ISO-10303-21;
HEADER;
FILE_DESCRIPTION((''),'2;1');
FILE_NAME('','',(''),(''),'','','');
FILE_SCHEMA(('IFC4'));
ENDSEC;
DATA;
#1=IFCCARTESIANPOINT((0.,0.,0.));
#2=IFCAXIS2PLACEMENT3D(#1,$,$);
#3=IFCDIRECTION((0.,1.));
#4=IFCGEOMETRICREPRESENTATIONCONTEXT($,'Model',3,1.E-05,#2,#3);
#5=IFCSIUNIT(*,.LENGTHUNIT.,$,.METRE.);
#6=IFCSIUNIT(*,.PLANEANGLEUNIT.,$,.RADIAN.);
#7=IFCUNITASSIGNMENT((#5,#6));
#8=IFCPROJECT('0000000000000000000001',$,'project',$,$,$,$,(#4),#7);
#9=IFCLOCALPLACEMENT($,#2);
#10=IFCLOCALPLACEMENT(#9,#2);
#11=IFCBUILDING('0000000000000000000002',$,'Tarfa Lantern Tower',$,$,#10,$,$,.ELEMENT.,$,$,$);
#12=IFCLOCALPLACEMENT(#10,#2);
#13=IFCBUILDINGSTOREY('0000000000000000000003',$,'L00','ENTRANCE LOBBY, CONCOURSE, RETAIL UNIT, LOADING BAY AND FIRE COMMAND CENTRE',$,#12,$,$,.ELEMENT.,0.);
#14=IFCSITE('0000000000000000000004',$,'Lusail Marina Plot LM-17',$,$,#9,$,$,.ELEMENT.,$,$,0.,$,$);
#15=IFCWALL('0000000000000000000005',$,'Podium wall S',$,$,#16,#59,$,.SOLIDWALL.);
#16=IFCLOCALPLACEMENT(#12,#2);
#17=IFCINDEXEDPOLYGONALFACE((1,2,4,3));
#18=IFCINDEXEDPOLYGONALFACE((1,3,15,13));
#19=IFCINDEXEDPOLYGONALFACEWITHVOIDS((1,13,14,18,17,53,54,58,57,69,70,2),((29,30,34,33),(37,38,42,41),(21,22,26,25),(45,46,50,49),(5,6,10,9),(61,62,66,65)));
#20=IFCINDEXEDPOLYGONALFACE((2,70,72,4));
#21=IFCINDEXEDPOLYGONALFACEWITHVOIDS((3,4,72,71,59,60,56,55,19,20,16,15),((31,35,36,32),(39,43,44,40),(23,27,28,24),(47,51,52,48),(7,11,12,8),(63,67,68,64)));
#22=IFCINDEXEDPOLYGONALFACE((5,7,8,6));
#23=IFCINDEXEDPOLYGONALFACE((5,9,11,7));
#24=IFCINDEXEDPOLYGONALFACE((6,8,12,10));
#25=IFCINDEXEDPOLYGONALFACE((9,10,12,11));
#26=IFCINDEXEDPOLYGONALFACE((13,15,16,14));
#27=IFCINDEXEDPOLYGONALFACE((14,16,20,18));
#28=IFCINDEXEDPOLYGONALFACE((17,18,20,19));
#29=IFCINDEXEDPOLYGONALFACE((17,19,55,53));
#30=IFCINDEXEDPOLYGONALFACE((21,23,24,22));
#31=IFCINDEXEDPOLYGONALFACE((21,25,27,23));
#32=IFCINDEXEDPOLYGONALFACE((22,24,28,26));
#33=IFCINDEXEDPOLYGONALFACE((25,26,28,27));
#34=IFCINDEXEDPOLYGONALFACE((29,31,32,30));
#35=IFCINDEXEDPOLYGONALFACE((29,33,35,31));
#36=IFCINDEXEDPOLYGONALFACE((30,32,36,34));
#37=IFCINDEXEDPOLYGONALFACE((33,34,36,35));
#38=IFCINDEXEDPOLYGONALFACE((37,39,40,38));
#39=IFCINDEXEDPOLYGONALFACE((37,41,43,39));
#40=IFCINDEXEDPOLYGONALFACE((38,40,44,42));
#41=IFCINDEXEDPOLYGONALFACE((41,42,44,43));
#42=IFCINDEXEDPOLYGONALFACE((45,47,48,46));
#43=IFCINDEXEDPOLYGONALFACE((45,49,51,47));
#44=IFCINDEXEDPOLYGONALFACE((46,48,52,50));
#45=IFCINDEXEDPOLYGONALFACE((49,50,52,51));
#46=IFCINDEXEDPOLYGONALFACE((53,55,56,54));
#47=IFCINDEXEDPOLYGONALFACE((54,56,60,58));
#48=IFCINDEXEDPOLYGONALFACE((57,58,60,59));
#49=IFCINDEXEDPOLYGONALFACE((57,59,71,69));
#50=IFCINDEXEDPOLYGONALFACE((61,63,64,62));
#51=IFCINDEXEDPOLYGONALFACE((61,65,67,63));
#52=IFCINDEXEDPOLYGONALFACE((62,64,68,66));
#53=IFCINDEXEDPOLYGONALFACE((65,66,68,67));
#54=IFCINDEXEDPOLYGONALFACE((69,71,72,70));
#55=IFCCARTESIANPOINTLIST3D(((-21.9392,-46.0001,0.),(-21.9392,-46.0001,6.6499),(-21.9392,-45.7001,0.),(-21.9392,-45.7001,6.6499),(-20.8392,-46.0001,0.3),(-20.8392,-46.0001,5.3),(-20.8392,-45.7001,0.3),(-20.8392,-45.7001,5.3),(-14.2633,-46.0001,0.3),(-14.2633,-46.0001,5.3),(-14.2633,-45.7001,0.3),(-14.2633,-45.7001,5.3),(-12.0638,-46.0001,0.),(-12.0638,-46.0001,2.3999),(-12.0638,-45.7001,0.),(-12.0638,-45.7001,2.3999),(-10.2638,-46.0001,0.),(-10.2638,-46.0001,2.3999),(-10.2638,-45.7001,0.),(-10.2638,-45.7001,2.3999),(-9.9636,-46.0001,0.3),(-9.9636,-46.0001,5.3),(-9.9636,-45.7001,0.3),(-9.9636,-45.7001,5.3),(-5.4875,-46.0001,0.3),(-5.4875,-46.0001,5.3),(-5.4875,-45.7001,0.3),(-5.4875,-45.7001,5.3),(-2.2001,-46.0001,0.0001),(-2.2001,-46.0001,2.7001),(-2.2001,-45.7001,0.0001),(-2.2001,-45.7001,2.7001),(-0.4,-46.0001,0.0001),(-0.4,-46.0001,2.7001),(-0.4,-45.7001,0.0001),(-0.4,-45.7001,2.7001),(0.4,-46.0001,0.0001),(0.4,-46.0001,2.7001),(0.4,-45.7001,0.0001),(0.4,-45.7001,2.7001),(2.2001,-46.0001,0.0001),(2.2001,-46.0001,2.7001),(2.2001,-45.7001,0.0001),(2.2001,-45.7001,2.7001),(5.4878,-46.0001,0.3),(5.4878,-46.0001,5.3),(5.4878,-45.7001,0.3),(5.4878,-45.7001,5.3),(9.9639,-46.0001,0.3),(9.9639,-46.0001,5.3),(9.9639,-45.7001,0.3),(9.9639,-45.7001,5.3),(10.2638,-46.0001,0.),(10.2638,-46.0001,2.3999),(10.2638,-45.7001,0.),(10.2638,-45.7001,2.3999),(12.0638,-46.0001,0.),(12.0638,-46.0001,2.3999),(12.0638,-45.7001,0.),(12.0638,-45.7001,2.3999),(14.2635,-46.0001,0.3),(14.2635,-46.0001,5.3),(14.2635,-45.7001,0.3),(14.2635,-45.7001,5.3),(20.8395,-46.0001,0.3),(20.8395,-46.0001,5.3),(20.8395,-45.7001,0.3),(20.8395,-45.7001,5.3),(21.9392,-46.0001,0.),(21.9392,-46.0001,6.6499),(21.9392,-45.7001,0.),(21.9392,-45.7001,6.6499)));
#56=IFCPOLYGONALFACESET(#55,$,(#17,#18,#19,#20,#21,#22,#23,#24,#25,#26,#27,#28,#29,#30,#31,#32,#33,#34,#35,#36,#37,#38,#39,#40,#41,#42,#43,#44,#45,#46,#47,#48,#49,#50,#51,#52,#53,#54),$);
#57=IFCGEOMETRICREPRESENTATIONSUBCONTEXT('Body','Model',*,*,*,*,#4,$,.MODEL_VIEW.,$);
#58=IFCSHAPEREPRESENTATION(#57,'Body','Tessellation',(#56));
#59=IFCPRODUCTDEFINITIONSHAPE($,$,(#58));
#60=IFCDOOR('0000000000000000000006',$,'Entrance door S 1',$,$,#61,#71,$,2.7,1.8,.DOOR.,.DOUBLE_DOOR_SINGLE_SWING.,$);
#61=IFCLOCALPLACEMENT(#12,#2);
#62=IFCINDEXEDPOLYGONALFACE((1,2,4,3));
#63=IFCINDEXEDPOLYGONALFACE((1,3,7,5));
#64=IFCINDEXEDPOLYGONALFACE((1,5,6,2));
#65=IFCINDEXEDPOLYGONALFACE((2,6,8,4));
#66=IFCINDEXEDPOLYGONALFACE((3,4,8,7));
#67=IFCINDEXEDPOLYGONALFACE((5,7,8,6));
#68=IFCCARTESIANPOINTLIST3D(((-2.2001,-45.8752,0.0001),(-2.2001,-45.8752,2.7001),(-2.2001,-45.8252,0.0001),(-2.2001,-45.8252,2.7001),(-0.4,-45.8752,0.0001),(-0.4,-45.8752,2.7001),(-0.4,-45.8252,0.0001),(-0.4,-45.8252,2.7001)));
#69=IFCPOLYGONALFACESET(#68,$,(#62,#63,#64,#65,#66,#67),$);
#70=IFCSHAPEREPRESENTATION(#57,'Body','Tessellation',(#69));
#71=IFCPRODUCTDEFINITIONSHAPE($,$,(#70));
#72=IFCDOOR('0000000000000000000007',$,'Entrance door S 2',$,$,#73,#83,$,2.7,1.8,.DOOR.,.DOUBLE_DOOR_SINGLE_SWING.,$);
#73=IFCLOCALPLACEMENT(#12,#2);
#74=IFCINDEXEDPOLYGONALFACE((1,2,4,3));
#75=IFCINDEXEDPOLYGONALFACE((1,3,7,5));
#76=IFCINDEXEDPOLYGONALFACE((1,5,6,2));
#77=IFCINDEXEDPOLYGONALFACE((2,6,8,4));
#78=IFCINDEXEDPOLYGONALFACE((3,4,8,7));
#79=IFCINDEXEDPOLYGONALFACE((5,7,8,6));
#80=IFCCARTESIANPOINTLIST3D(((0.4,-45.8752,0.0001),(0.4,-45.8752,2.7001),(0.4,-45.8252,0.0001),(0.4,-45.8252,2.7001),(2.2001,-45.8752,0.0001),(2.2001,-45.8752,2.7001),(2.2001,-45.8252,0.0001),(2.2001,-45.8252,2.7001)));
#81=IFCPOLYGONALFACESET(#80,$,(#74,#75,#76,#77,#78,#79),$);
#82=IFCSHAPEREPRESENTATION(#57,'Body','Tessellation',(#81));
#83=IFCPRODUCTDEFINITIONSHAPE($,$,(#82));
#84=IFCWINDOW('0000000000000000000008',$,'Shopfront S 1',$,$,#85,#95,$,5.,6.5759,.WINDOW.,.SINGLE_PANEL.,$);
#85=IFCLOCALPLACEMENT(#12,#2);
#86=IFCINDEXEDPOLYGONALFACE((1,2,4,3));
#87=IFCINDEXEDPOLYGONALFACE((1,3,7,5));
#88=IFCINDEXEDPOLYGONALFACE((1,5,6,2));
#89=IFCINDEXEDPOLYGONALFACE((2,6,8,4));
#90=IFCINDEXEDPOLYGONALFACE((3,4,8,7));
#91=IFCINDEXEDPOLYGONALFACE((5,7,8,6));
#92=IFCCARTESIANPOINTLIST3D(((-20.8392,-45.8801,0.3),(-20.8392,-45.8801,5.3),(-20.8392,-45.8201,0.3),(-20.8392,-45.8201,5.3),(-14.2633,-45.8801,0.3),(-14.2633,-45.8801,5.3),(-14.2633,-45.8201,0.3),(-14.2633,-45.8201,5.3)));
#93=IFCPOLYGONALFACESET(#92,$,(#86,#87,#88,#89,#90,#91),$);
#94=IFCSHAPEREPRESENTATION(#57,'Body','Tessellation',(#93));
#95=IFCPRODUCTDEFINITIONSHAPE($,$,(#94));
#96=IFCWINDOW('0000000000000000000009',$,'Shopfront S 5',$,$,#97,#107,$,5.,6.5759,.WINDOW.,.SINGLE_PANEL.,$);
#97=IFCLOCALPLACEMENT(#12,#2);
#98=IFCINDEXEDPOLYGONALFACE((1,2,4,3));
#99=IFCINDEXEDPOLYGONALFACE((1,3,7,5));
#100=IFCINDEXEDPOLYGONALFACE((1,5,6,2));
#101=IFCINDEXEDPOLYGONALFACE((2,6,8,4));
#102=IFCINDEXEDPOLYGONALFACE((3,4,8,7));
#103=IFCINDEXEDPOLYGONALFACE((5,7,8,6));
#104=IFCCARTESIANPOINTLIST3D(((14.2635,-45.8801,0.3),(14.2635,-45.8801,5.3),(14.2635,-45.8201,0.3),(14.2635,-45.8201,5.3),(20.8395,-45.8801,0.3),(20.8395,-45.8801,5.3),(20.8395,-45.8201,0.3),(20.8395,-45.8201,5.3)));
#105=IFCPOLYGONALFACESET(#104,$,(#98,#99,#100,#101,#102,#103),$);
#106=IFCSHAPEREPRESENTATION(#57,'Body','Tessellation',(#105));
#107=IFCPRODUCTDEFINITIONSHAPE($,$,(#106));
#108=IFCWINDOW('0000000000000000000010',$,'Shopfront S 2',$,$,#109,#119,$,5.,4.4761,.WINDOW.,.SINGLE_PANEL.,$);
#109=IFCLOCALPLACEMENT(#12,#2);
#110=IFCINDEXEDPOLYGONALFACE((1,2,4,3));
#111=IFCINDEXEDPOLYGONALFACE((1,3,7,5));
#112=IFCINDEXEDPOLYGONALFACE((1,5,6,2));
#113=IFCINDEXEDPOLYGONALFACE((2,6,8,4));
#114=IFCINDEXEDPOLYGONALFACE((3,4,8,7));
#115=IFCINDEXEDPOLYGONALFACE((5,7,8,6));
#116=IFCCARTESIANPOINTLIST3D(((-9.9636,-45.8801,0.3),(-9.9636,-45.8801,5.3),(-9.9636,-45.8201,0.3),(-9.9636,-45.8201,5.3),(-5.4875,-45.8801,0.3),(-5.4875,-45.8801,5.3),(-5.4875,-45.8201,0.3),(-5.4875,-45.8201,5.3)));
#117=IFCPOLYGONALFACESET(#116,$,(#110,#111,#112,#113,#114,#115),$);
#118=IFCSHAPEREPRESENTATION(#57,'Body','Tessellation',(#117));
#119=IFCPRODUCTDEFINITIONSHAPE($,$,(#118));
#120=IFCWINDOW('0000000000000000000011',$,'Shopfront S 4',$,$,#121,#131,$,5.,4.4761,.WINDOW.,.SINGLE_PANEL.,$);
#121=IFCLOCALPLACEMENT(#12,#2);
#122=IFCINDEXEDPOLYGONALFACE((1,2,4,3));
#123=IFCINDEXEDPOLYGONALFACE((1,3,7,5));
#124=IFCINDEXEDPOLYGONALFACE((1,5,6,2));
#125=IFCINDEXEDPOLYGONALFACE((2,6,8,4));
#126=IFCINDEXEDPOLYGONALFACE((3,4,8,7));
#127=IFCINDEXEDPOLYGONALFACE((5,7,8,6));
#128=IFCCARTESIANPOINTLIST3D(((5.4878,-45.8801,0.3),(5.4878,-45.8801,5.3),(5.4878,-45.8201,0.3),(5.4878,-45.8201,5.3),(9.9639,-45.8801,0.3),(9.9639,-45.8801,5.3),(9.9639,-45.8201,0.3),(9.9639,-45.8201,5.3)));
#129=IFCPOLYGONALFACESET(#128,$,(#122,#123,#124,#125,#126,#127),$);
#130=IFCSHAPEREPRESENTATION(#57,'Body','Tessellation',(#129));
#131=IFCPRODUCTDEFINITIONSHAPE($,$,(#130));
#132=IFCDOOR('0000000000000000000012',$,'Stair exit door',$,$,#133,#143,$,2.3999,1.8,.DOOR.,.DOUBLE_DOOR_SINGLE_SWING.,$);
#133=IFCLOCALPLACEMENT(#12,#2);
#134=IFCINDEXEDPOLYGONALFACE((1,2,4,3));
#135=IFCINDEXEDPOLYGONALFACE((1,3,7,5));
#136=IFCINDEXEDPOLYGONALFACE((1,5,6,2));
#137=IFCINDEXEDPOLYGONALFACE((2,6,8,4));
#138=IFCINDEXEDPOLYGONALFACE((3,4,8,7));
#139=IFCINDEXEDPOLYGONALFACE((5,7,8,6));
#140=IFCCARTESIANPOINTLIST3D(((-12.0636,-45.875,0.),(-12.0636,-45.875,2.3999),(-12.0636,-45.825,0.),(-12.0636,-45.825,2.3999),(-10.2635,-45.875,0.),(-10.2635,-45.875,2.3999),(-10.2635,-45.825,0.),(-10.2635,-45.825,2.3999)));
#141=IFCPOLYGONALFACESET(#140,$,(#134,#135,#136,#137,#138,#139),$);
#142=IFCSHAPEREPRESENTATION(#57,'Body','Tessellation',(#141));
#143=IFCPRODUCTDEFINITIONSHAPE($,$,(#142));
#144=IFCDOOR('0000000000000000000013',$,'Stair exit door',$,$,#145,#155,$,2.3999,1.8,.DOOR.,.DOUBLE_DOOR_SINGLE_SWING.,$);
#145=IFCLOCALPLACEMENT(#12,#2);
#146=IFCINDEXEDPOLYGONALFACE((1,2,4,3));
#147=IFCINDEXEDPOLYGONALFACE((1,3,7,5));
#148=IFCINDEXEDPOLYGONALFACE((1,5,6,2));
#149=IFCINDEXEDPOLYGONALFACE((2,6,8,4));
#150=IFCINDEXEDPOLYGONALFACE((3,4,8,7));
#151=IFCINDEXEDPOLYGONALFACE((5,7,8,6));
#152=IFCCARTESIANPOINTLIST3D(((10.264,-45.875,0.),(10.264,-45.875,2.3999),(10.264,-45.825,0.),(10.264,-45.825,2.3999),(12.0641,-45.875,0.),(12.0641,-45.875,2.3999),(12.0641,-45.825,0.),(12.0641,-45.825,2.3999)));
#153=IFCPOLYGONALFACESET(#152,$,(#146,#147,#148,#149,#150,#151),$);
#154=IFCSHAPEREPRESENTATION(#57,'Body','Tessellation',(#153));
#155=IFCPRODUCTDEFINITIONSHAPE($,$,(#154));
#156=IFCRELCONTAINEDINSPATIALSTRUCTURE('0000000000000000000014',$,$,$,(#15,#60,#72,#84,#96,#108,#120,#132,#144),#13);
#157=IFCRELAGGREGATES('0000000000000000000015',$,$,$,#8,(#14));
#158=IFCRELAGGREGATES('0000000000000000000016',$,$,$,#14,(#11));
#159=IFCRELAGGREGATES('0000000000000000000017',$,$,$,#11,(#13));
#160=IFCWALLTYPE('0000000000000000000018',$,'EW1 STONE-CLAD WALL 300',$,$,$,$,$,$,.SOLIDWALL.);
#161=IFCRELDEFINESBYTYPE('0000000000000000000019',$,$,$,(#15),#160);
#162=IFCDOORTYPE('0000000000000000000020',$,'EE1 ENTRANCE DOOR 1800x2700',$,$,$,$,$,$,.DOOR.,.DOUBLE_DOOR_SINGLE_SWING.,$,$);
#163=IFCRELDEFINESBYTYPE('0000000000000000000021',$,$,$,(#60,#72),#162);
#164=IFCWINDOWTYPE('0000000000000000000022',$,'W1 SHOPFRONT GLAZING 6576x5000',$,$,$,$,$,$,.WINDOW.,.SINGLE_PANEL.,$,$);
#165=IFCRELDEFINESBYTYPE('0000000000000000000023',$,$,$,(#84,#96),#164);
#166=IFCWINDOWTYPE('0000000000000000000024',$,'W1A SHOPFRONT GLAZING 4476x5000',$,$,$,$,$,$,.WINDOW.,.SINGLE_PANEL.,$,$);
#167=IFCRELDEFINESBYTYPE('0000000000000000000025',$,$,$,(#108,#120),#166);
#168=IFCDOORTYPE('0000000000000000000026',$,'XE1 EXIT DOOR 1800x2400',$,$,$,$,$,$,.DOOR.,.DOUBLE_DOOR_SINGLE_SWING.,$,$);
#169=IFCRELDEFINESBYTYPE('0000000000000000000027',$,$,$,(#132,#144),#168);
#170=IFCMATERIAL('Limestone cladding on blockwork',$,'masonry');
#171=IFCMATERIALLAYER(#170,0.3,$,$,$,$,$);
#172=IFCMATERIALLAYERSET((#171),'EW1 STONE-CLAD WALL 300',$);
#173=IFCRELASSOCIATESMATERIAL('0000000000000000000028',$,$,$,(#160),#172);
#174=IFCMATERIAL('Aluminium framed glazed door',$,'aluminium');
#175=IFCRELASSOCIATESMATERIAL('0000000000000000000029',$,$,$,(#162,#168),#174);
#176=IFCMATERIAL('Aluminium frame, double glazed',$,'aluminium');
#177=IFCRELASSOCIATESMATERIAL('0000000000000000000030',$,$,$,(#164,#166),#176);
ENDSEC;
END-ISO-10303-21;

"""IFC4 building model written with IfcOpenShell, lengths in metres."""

from ifc_helpers import new_model, si_unit, direction, frame, frame_2d, origin, place, context, subcontext, project, spatial, rectangle, extrude, material, layer, layer_set, type_object, element, fill, save


model = new_model("IFC4")

# Units and contexts
model_context = context("Model", 3, precision=1e-05, world=origin(), true_north=direction((0.0, 1.0)))
body_context = subcontext(model_context, "Body", "Model", "MODEL_VIEW")
ifc_project = project(units=[si_unit("LENGTHUNIT", "METRE"), si_unit("PLANEANGLEUNIT", "RADIAN")], contexts=[model_context])

# Site, building, storey
site_placement = place(None, origin())
site = spatial("IfcSite", under=ifc_project, at=site_placement, Name="Lusail Marina Plot LM-17", CompositionType="ELEMENT", RefElevation=0.0)
building_placement = place(site_placement, origin())
building = spatial("IfcBuilding", under=site, at=building_placement, Name="Tarfa Lantern Tower", CompositionType="ELEMENT")
storey_placement = place(building_placement, origin())
storey = spatial("IfcBuildingStorey", under=building, at=storey_placement, Name="L00", Description="ENTRANCE LOBBY, CONCOURSE, RETAIL UNIT, LOADING BAY AND FIRE COMMAND CENTRE", CompositionType="ELEMENT", Elevation=0.0)

# Wall, openings, doors, windows
ifc_material_1 = material(Name="Limestone cladding on blockwork", Category="masonry")
ifc_layer_1 = layer(ifc_material_1, 0.3)
ifc_layer_set_1 = layer_set([ifc_layer_1], Name="EW1 STONE-CLAD WALL 300")
wall_type_1 = type_object("IfcWallType", Name="EW1 STONE-CLAD WALL 300", PredefinedType="SOLIDWALL", material=ifc_layer_set_1)
wall_1_placement = place(storey_placement, frame((-21.9392, -45.8501, 0.0), z_axis=(0.0, 0.0, 1.0), x_axis=(1.0, 0.0, 0.0)))
wall_1 = element("IfcWall", 1, at=wall_1_placement, inside=storey, type_object=wall_type_1, Name="Podium wall S", PredefinedType="SOLIDWALL", context=body_context, shape_type="SweptSolid", body=[
    extrude(rectangle(XDim=43.8784, YDim=0.3, at=frame_2d((21.9392, 0.0))), origin(), (0.0, 0.0, 1.0), 6.6499),
])
opening_1_placement = place(wall_1_placement, frame((1.0999, 0.0, 0.3)))
opening_1 = element("IfcOpeningElement", 2, at=opening_1_placement, cuts=wall_1, PredefinedType="OPENING", context=body_context, shape_type="SweptSolid", body=[
    extrude(rectangle(XDim=6.5759, YDim=5.0, at=frame_2d((3.2881, 2.5))), frame((0.0, 0.1599, 0.0), z_axis=(0.0, -1.0, 0.0), x_axis=(1.0, 0.0, 0.0)), (0.0, 0.0, 1.0), 0.3201),
])
opening_2_placement = place(wall_1_placement, frame((9.8755, 0.0, 0.0)))
opening_2 = element("IfcOpeningElement", 3, at=opening_2_placement, cuts=wall_1, PredefinedType="OPENING", context=body_context, shape_type="SweptSolid", body=[
    extrude(rectangle(XDim=1.8, YDim=2.3999, at=frame_2d((0.8999, 1.2))), frame((0.0, 0.1599, 0.0), z_axis=(0.0, -1.0, 0.0), x_axis=(1.0, 0.0, 0.0)), (0.0, 0.0, 1.0), 0.3201),
])
opening_3_placement = place(wall_1_placement, frame((11.9756, 0.0, 0.3)))
opening_3 = element("IfcOpeningElement", 4, at=opening_3_placement, cuts=wall_1, PredefinedType="OPENING", context=body_context, shape_type="SweptSolid", body=[
    extrude(rectangle(XDim=4.4761, YDim=5.0, at=frame_2d((2.238, 2.5))), frame((0.0, 0.1599, 0.0), z_axis=(0.0, -1.0, 0.0), x_axis=(1.0, 0.0, 0.0)), (0.0, 0.0, 1.0), 0.3201),
])
opening_4_placement = place(wall_1_placement, frame((19.7393, 0.0, 0.0)))
opening_4 = element("IfcOpeningElement", 5, at=opening_4_placement, cuts=wall_1, PredefinedType="OPENING", context=body_context, shape_type="SweptSolid", body=[
    extrude(rectangle(XDim=1.8, YDim=2.7, at=frame_2d((0.8999, 1.3501))), frame((0.0, 0.1599, 0.0), z_axis=(0.0, -1.0, 0.0), x_axis=(1.0, 0.0, 0.0)), (0.0, 0.0, 1.0), 0.3201),
])
opening_5_placement = place(wall_1_placement, frame((22.3394, 0.0, 0.0)))
opening_5 = element("IfcOpeningElement", 6, at=opening_5_placement, cuts=wall_1, PredefinedType="OPENING", context=body_context, shape_type="SweptSolid", body=[
    extrude(rectangle(XDim=1.8, YDim=2.7, at=frame_2d((0.8999, 1.3501))), frame((0.0, 0.1599, 0.0), z_axis=(0.0, -1.0, 0.0), x_axis=(1.0, 0.0, 0.0)), (0.0, 0.0, 1.0), 0.3201),
])
opening_6_placement = place(wall_1_placement, frame((32.2031, 0.0, 0.0)))
opening_6 = element("IfcOpeningElement", 7, at=opening_6_placement, cuts=wall_1, PredefinedType="OPENING", context=body_context, shape_type="SweptSolid", body=[
    extrude(rectangle(XDim=1.8, YDim=2.3999, at=frame_2d((0.8999, 1.2))), frame((0.0, 0.1599, 0.0), z_axis=(0.0, -1.0, 0.0), x_axis=(1.0, 0.0, 0.0)), (0.0, 0.0, 1.0), 0.3201),
])
opening_7_placement = place(wall_1_placement, frame((27.427, 0.0, 0.3)))
opening_7 = element("IfcOpeningElement", 8, at=opening_7_placement, cuts=wall_1, PredefinedType="OPENING", context=body_context, shape_type="SweptSolid", body=[
    extrude(rectangle(XDim=4.4761, YDim=5.0, at=frame_2d((2.238, 2.5))), frame((0.0, 0.1599, 0.0), z_axis=(0.0, -1.0, 0.0), x_axis=(1.0, 0.0, 0.0)), (0.0, 0.0, 1.0), 0.3201),
])
opening_8_placement = place(wall_1_placement, frame((36.2026, 0.0, 0.3)))
opening_8 = element("IfcOpeningElement", 9, at=opening_8_placement, cuts=wall_1, PredefinedType="OPENING", context=body_context, shape_type="SweptSolid", body=[
    extrude(rectangle(XDim=6.5759, YDim=5.0, at=frame_2d((3.2881, 2.5))), frame((0.0, 0.1599, 0.0), z_axis=(0.0, -1.0, 0.0), x_axis=(1.0, 0.0, 0.0)), (0.0, 0.0, 1.0), 0.3201),
])
ifc_material_2 = material(Name="Aluminium framed glazed door", Category="aluminium")
door_type_1 = type_object("IfcDoorType", Name="EE1 ENTRANCE DOOR 1800x2700", OperationType="DOUBLE_DOOR_SINGLE_SWING", PredefinedType="DOOR", material=ifc_material_2)
door_1_placement = place(opening_4_placement, origin())
door_1 = element("IfcDoor", 10, at=door_1_placement, inside=storey, type_object=door_type_1, Name="Entrance door S 1", OperationType="DOUBLE_DOOR_SINGLE_SWING", OverallHeight=2.7, OverallWidth=1.8, PredefinedType="DOOR", context=body_context, shape_type="SweptSolid", body=[
    extrude(rectangle(XDim=1.8, YDim=2.7, at=frame_2d((0.8999, 1.3501))), frame((0.0, 0.0249, 0.0), z_axis=(0.0, -1.0, 0.0), x_axis=(1.0, 0.0, 0.0)), (0.0, 0.0, 1.0), 0.05),
])
fill(opening_4, door_1)
door_2_placement = place(opening_5_placement, origin())
door_2 = element("IfcDoor", 11, at=door_2_placement, inside=storey, type_object=door_type_1, Name="Entrance door S 2", OperationType="DOUBLE_DOOR_SINGLE_SWING", OverallHeight=2.7, OverallWidth=1.8, PredefinedType="DOOR", context=body_context, shape_type="SweptSolid", body=[
    extrude(rectangle(XDim=1.8, YDim=2.7, at=frame_2d((0.8999, 1.3501))), frame((0.0, 0.0249, 0.0), z_axis=(0.0, -1.0, 0.0), x_axis=(1.0, 0.0, 0.0)), (0.0, 0.0, 1.0), 0.05),
])
fill(opening_5, door_2)
ifc_material_3 = material(Name="Aluminium frame, double glazed", Category="aluminium")
window_type_1 = type_object("IfcWindowType", Name="W1 SHOPFRONT GLAZING 6576x5000", PartitioningType="SINGLE_PANEL", PredefinedType="WINDOW", material=ifc_material_3)
window_1_placement = place(opening_1_placement, origin())
window_1 = element("IfcWindow", 12, at=window_1_placement, inside=storey, type_object=window_type_1, Name="Shopfront S 1", OverallHeight=5.0, OverallWidth=6.5759, PartitioningType="SINGLE_PANEL", PredefinedType="WINDOW", context=body_context, shape_type="SweptSolid", body=[
    extrude(rectangle(XDim=6.5759, YDim=5.0, at=frame_2d((3.2881, 2.5))), frame((0.0, 0.03, 0.0), z_axis=(0.0, -1.0, 0.0), x_axis=(1.0, 0.0, 0.0)), (0.0, 0.0, 1.0), 0.0601),
])
fill(opening_1, window_1)
window_2_placement = place(opening_8_placement, origin())
window_2 = element("IfcWindow", 13, at=window_2_placement, inside=storey, type_object=window_type_1, Name="Shopfront S 5", OverallHeight=5.0, OverallWidth=6.5759, PartitioningType="SINGLE_PANEL", PredefinedType="WINDOW", context=body_context, shape_type="SweptSolid", body=[
    extrude(rectangle(XDim=6.5759, YDim=5.0, at=frame_2d((3.2881, 2.5))), frame((0.0, 0.03, 0.0), z_axis=(0.0, -1.0, 0.0), x_axis=(1.0, 0.0, 0.0)), (0.0, 0.0, 1.0), 0.0601),
])
fill(opening_8, window_2)
window_type_2 = type_object("IfcWindowType", Name="W1A SHOPFRONT GLAZING 4476x5000", PartitioningType="SINGLE_PANEL", PredefinedType="WINDOW", material=ifc_material_3)
window_3_placement = place(opening_3_placement, origin())
window_3 = element("IfcWindow", 14, at=window_3_placement, inside=storey, type_object=window_type_2, Name="Shopfront S 2", OverallHeight=5.0, OverallWidth=4.4761, PartitioningType="SINGLE_PANEL", PredefinedType="WINDOW", context=body_context, shape_type="SweptSolid", body=[
    extrude(rectangle(XDim=4.4761, YDim=5.0, at=frame_2d((2.238, 2.5))), frame((0.0, 0.03, 0.0), z_axis=(0.0, -1.0, 0.0), x_axis=(1.0, 0.0, 0.0)), (0.0, 0.0, 1.0), 0.0601),
])
fill(opening_3, window_3)
window_4_placement = place(opening_7_placement, origin())
window_4 = element("IfcWindow", 15, at=window_4_placement, inside=storey, type_object=window_type_2, Name="Shopfront S 4", OverallHeight=5.0, OverallWidth=4.4761, PartitioningType="SINGLE_PANEL", PredefinedType="WINDOW", context=body_context, shape_type="SweptSolid", body=[
    extrude(rectangle(XDim=4.4761, YDim=5.0, at=frame_2d((2.238, 2.5))), frame((0.0, 0.03, 0.0), z_axis=(0.0, -1.0, 0.0), x_axis=(1.0, 0.0, 0.0)), (0.0, 0.0, 1.0), 0.0601),
])
fill(opening_7, window_4)
door_type_2 = type_object("IfcDoorType", Name="XE1 EXIT DOOR 1800x2400", OperationType="DOUBLE_DOOR_SINGLE_SWING", PredefinedType="DOOR", material=ifc_material_2)
door_3_placement = place(opening_2_placement, frame((1.8, 0.0, 0.0), z_axis=(0.0, 0.0, 1.0), x_axis=(-1.0, 0.0, 0.0)))
door_3 = element("IfcDoor", 16, at=door_3_placement, inside=storey, type_object=door_type_2, Name="Stair exit door", OperationType="DOUBLE_DOOR_SINGLE_SWING", OverallHeight=2.3999, OverallWidth=1.8, PredefinedType="DOOR", context=body_context, shape_type="SweptSolid", body=[
    extrude(rectangle(XDim=1.8, YDim=2.3999, at=frame_2d((0.8999, 1.2))), frame((0.0, 0.0249, 0.0), z_axis=(0.0, -1.0, 0.0), x_axis=(1.0, 0.0, 0.0)), (0.0, 0.0, 1.0), 0.05),
])
fill(opening_2, door_3)
door_4_placement = place(opening_6_placement, frame((1.8, 0.0, 0.0), z_axis=(0.0, 0.0, 1.0), x_axis=(-1.0, 0.0, 0.0)))
door_4 = element("IfcDoor", 17, at=door_4_placement, inside=storey, type_object=door_type_2, Name="Stair exit door", OperationType="DOUBLE_DOOR_SINGLE_SWING", OverallHeight=2.3999, OverallWidth=1.8, PredefinedType="DOOR", context=body_context, shape_type="SweptSolid", body=[
    extrude(rectangle(XDim=1.8, YDim=2.3999, at=frame_2d((0.8999, 1.2))), frame((0.0, 0.0249, 0.0), z_axis=(0.0, -1.0, 0.0), x_axis=(1.0, 0.0, 0.0)), (0.0, 0.0, 1.0), 0.05),
])
fill(opening_6, door_4)

save(model, "model.ifc")
